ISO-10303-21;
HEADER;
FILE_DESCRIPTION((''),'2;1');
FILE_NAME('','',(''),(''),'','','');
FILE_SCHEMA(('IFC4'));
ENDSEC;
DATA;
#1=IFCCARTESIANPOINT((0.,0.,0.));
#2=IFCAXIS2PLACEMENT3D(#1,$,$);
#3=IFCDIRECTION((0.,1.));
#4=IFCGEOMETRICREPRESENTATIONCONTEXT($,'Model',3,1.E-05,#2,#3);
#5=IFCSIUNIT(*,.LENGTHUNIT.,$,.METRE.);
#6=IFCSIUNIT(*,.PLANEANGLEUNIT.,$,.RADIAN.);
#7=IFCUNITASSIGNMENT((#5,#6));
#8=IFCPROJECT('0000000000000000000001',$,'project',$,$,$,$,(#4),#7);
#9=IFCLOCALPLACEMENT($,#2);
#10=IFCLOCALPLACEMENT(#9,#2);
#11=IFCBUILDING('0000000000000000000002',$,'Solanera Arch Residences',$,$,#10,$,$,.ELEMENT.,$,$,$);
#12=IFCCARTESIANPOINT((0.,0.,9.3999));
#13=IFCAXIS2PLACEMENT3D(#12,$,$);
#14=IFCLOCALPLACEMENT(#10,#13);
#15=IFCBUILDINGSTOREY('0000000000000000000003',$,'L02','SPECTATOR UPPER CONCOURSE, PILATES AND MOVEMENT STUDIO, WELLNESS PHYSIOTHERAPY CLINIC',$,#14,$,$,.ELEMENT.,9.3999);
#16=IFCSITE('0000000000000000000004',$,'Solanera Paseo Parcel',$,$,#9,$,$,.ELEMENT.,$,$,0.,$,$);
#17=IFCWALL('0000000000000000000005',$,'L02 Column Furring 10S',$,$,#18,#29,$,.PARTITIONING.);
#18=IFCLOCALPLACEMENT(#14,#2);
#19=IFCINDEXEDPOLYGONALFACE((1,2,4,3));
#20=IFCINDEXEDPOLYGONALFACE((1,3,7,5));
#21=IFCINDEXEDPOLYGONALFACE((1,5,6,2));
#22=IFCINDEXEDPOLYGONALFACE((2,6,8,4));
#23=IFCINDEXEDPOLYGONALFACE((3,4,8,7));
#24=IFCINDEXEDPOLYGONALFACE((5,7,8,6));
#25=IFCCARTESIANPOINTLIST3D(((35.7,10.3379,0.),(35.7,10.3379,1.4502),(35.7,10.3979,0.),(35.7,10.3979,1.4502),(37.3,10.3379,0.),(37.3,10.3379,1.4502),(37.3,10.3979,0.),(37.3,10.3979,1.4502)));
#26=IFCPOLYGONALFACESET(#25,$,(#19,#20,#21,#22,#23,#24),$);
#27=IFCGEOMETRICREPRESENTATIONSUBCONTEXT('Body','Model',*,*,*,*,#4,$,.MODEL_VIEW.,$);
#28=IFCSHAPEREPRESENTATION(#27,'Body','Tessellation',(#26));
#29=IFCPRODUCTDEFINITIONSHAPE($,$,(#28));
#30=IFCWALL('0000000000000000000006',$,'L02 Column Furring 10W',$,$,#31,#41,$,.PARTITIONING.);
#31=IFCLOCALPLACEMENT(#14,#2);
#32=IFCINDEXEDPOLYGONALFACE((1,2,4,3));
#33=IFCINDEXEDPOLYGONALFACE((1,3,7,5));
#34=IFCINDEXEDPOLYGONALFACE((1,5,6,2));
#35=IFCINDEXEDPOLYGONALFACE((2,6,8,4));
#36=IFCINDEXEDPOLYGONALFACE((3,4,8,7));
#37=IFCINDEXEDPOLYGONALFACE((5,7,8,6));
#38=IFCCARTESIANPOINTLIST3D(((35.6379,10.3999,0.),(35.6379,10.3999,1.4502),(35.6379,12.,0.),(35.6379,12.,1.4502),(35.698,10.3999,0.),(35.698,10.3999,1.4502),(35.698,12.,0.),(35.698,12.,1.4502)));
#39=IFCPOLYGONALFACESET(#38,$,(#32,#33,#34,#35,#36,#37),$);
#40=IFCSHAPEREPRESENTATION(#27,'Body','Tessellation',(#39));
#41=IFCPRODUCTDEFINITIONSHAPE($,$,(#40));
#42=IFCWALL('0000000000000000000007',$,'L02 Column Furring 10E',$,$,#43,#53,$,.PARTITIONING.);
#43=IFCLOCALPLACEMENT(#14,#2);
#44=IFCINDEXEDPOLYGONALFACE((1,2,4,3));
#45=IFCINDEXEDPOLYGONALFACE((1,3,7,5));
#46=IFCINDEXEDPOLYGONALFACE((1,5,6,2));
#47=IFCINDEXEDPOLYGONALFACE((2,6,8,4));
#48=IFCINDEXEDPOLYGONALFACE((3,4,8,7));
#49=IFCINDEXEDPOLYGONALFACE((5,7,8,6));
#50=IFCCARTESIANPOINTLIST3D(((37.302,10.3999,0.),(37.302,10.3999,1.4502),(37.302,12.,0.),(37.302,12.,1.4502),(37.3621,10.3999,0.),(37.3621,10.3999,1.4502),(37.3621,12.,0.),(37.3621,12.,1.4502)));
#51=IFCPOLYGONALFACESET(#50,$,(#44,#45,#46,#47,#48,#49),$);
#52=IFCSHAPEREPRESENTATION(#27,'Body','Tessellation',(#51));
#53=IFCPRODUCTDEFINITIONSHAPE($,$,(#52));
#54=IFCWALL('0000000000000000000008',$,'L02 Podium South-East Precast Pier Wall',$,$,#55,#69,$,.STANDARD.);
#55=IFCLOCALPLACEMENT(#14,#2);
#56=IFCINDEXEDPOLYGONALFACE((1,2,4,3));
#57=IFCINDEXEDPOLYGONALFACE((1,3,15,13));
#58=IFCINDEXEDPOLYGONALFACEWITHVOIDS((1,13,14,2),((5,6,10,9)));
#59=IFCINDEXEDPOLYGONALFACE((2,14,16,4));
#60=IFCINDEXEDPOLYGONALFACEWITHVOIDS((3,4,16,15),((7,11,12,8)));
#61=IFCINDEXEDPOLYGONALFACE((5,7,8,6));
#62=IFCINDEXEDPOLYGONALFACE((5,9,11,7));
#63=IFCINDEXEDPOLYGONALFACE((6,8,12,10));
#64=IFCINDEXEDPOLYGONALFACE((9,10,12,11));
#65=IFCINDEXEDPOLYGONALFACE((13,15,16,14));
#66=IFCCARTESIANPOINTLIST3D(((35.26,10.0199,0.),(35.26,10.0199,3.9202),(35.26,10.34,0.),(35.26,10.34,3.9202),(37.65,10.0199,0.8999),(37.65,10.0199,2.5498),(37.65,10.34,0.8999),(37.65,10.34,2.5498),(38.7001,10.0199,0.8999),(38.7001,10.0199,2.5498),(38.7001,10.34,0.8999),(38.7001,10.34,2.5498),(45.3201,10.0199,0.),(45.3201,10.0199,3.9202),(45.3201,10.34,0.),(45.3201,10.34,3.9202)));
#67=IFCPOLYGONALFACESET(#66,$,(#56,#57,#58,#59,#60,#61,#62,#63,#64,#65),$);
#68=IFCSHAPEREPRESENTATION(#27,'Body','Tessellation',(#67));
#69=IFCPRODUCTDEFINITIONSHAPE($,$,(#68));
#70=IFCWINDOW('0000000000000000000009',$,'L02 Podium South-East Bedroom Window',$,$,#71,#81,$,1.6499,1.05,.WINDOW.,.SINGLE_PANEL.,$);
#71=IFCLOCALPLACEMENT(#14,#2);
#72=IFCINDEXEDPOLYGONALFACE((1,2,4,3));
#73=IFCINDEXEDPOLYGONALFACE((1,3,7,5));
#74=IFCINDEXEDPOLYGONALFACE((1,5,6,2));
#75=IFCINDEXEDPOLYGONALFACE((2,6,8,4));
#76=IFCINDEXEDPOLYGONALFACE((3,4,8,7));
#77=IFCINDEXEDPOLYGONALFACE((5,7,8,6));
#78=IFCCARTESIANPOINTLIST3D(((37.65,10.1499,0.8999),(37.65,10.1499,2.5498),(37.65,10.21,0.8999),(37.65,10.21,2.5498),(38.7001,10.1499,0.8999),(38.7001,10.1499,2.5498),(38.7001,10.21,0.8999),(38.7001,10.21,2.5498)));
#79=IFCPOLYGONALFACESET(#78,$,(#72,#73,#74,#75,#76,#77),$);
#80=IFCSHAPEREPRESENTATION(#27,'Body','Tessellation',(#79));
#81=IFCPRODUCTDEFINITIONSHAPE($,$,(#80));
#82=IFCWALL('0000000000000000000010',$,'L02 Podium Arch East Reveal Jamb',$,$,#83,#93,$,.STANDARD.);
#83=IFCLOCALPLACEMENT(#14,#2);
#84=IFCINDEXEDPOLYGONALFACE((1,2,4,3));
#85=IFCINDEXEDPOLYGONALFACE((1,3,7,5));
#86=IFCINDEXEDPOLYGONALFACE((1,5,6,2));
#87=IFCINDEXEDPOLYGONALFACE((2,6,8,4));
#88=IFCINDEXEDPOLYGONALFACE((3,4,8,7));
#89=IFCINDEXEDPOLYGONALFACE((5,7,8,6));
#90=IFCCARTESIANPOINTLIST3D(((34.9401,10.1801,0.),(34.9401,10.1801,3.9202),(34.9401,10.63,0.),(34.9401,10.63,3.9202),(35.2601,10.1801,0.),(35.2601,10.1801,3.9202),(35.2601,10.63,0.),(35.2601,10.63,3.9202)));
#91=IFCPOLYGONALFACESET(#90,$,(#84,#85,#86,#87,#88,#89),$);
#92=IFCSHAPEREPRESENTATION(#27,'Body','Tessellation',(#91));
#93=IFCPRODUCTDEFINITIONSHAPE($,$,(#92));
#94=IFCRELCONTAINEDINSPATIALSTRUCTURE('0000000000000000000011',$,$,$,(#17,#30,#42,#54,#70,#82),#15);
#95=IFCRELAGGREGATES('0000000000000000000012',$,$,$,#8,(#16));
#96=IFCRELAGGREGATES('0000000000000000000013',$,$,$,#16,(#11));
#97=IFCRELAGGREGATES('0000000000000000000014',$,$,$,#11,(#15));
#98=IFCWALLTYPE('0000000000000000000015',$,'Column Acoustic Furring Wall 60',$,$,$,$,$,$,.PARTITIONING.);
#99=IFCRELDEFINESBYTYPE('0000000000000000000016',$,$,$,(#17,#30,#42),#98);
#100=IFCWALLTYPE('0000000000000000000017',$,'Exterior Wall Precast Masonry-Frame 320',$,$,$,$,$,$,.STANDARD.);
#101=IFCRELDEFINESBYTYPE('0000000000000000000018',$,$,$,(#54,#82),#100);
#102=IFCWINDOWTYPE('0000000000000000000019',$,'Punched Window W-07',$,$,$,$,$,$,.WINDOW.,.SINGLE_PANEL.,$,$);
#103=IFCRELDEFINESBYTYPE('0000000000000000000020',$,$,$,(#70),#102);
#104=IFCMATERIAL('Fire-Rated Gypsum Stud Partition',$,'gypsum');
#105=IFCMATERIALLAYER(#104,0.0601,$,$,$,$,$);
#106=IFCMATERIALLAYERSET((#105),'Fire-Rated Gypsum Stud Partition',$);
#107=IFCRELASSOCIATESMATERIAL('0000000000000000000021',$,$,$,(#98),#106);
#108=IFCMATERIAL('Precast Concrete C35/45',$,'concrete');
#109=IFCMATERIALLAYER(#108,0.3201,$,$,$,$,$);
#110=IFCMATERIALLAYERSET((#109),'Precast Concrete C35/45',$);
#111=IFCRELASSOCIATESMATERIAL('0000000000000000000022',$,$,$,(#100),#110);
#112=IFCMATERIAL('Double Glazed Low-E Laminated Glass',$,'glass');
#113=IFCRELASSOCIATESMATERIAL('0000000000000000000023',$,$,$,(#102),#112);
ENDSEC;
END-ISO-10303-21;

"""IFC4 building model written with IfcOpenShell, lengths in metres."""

from ifc_helpers import new_model, si_unit, direction, frame, frame_2d, origin, place, context, subcontext, project, spatial, rectangle, extrude, material, layer, layer_set, type_object, element, fill, save


model = new_model("IFC4")

# Units and contexts
model_context = context("Model", 3, precision=1e-05, world=origin(), true_north=direction((0.0, 1.0)))
body_context = subcontext(model_context, "Body", "Model", "MODEL_VIEW")
ifc_project = project(units=[si_unit("LENGTHUNIT", "METRE"), si_unit("PLANEANGLEUNIT", "RADIAN")], contexts=[model_context])

# Site, building, storey
site_placement = place(None, origin())
site = spatial("IfcSite", under=ifc_project, at=site_placement, Name="Solanera Paseo Parcel", CompositionType="ELEMENT", RefElevation=0.0)
building_placement = place(site_placement, origin())
building = spatial("IfcBuilding", under=site, at=building_placement, Name="Solanera Arch Residences", CompositionType="ELEMENT")
storey_placement = place(building_placement, frame((0.0, 0.0, 9.3999)))
storey = spatial("IfcBuildingStorey", under=building, at=storey_placement, Name="L02", Description="SPECTATOR UPPER CONCOURSE, PILATES AND MOVEMENT STUDIO, WELLNESS PHYSIOTHERAPY CLINIC", CompositionType="ELEMENT", Elevation=9.3999)

# Walls
ifc_material_1 = material(Name="Fire-Rated Gypsum Stud Partition", Category="gypsum")
ifc_layer_1 = layer(ifc_material_1, 0.0601)
ifc_layer_set_1 = layer_set([ifc_layer_1], Name="Fire-Rated Gypsum Stud Partition")
wall_type_1 = type_object("IfcWallType", Name="Column Acoustic Furring Wall 60", PredefinedType="PARTITIONING", material=ifc_layer_set_1)
for number, where, z_axis, x_axis, name in (
    (1, (35.7, 10.3679, 0.0), (0.0, 0.0, 1.0), (1.0, 0.0, 0.0), "L02 Column Furring 10S"),
    (2, (35.668, 10.3999, 0.0), (0.0, 0.0, 1.0), (0.0, 1.0, 0.0), "L02 Column Furring 10W"),
    (3, (37.332, 10.3999, 0.0), (0.0, 0.0, 1.0), (0.0, 1.0, 0.0), "L02 Column Furring 10E"),
):
    element("IfcWall", number, at=place(storey_placement, frame(where, z_axis=z_axis, x_axis=x_axis)), inside=storey, type_object=wall_type_1, Name=name, PredefinedType="PARTITIONING", context=body_context, shape_type="SweptSolid", body=[
        extrude(rectangle(XDim=1.6001, YDim=0.0601, at=frame_2d((0.8, 0.0))), origin(), (0.0, 0.0, 1.0), 1.4502),
    ])

# Wall, opening, window
ifc_material_2 = material(Name="Precast Concrete C35/45", Category="concrete")
ifc_layer_2 = layer(ifc_material_2, 0.3201)
ifc_layer_set_2 = layer_set([ifc_layer_2], Name="Precast Concrete C35/45")
wall_type_2 = type_object("IfcWallType", Name="Exterior Wall Precast Masonry-Frame 320", PredefinedType="STANDARD", material=ifc_layer_set_2)
wall_1_placement = place(storey_placement, frame((45.3201, 10.1799, 0.0), z_axis=(0.0, 0.0, 1.0), x_axis=(-1.0, 0.0, 0.0)))
wall_1 = element("IfcWall", 4, at=wall_1_placement, inside=storey, type_object=wall_type_2, Name="L02 Podium South-East Precast Pier Wall", PredefinedType="STANDARD", context=body_context, shape_type="SweptSolid", body=[
    extrude(rectangle(XDim=10.0601, YDim=0.3201, at=frame_2d((5.03, 0.0))), origin(), (0.0, 0.0, 1.0), 3.9202),
])
opening_placement = place(wall_1_placement, frame((6.6201, 0.0, 0.8999)))
opening = element("IfcOpeningElement", 5, at=opening_placement, cuts=wall_1, PredefinedType="OPENING", context=body_context, shape_type="SweptSolid", body=[
    extrude(rectangle(XDim=1.05, YDim=1.6499, at=frame_2d((0.5249, 0.825))), frame((0.0, 0.1699, 0.0), z_axis=(0.0, -1.0, 0.0), x_axis=(1.0, 0.0, 0.0)), (0.0, 0.0, 1.0), 0.3401),
])
ifc_material_3 = material(Name="Double Glazed Low-E Laminated Glass", Category="glass")
window_type = type_object("IfcWindowType", Name="Punched Window W-07", PartitioningType="SINGLE_PANEL", PredefinedType="WINDOW", material=ifc_material_3)
window_placement = place(opening_placement, origin())
window = element("IfcWindow", 6, at=window_placement, inside=storey, type_object=window_type, Name="L02 Podium South-East Bedroom Window", OverallHeight=1.6499, OverallWidth=1.05, PartitioningType="SINGLE_PANEL", PredefinedType="WINDOW", context=body_context, shape_type="SweptSolid", body=[
    extrude(rectangle(XDim=1.05, YDim=1.6499, at=frame_2d((0.5249, 0.825))), frame((0.0, 0.03, 0.0), z_axis=(0.0, -1.0, 0.0), x_axis=(1.0, 0.0, 0.0)), (0.0, 0.0, 1.0), 0.0601),
])
fill(opening, window)

# Wall
wall_2_placement = place(storey_placement, frame((35.1001, 10.1799, 0.0), z_axis=(0.0, 0.0, 1.0), x_axis=(0.0, 1.0, 0.0)))
element("IfcWall", 7, at=wall_2_placement, inside=storey, type_object=wall_type_2, Name="L02 Podium Arch East Reveal Jamb", PredefinedType="STANDARD", context=body_context, shape_type="SweptSolid", body=[
    extrude(rectangle(XDim=0.45, YDim=0.3201, at=frame_2d((0.2251, 0.0))), origin(), (0.0, 0.0, 1.0), 3.9202),
])

save(model, "model.ifc")
